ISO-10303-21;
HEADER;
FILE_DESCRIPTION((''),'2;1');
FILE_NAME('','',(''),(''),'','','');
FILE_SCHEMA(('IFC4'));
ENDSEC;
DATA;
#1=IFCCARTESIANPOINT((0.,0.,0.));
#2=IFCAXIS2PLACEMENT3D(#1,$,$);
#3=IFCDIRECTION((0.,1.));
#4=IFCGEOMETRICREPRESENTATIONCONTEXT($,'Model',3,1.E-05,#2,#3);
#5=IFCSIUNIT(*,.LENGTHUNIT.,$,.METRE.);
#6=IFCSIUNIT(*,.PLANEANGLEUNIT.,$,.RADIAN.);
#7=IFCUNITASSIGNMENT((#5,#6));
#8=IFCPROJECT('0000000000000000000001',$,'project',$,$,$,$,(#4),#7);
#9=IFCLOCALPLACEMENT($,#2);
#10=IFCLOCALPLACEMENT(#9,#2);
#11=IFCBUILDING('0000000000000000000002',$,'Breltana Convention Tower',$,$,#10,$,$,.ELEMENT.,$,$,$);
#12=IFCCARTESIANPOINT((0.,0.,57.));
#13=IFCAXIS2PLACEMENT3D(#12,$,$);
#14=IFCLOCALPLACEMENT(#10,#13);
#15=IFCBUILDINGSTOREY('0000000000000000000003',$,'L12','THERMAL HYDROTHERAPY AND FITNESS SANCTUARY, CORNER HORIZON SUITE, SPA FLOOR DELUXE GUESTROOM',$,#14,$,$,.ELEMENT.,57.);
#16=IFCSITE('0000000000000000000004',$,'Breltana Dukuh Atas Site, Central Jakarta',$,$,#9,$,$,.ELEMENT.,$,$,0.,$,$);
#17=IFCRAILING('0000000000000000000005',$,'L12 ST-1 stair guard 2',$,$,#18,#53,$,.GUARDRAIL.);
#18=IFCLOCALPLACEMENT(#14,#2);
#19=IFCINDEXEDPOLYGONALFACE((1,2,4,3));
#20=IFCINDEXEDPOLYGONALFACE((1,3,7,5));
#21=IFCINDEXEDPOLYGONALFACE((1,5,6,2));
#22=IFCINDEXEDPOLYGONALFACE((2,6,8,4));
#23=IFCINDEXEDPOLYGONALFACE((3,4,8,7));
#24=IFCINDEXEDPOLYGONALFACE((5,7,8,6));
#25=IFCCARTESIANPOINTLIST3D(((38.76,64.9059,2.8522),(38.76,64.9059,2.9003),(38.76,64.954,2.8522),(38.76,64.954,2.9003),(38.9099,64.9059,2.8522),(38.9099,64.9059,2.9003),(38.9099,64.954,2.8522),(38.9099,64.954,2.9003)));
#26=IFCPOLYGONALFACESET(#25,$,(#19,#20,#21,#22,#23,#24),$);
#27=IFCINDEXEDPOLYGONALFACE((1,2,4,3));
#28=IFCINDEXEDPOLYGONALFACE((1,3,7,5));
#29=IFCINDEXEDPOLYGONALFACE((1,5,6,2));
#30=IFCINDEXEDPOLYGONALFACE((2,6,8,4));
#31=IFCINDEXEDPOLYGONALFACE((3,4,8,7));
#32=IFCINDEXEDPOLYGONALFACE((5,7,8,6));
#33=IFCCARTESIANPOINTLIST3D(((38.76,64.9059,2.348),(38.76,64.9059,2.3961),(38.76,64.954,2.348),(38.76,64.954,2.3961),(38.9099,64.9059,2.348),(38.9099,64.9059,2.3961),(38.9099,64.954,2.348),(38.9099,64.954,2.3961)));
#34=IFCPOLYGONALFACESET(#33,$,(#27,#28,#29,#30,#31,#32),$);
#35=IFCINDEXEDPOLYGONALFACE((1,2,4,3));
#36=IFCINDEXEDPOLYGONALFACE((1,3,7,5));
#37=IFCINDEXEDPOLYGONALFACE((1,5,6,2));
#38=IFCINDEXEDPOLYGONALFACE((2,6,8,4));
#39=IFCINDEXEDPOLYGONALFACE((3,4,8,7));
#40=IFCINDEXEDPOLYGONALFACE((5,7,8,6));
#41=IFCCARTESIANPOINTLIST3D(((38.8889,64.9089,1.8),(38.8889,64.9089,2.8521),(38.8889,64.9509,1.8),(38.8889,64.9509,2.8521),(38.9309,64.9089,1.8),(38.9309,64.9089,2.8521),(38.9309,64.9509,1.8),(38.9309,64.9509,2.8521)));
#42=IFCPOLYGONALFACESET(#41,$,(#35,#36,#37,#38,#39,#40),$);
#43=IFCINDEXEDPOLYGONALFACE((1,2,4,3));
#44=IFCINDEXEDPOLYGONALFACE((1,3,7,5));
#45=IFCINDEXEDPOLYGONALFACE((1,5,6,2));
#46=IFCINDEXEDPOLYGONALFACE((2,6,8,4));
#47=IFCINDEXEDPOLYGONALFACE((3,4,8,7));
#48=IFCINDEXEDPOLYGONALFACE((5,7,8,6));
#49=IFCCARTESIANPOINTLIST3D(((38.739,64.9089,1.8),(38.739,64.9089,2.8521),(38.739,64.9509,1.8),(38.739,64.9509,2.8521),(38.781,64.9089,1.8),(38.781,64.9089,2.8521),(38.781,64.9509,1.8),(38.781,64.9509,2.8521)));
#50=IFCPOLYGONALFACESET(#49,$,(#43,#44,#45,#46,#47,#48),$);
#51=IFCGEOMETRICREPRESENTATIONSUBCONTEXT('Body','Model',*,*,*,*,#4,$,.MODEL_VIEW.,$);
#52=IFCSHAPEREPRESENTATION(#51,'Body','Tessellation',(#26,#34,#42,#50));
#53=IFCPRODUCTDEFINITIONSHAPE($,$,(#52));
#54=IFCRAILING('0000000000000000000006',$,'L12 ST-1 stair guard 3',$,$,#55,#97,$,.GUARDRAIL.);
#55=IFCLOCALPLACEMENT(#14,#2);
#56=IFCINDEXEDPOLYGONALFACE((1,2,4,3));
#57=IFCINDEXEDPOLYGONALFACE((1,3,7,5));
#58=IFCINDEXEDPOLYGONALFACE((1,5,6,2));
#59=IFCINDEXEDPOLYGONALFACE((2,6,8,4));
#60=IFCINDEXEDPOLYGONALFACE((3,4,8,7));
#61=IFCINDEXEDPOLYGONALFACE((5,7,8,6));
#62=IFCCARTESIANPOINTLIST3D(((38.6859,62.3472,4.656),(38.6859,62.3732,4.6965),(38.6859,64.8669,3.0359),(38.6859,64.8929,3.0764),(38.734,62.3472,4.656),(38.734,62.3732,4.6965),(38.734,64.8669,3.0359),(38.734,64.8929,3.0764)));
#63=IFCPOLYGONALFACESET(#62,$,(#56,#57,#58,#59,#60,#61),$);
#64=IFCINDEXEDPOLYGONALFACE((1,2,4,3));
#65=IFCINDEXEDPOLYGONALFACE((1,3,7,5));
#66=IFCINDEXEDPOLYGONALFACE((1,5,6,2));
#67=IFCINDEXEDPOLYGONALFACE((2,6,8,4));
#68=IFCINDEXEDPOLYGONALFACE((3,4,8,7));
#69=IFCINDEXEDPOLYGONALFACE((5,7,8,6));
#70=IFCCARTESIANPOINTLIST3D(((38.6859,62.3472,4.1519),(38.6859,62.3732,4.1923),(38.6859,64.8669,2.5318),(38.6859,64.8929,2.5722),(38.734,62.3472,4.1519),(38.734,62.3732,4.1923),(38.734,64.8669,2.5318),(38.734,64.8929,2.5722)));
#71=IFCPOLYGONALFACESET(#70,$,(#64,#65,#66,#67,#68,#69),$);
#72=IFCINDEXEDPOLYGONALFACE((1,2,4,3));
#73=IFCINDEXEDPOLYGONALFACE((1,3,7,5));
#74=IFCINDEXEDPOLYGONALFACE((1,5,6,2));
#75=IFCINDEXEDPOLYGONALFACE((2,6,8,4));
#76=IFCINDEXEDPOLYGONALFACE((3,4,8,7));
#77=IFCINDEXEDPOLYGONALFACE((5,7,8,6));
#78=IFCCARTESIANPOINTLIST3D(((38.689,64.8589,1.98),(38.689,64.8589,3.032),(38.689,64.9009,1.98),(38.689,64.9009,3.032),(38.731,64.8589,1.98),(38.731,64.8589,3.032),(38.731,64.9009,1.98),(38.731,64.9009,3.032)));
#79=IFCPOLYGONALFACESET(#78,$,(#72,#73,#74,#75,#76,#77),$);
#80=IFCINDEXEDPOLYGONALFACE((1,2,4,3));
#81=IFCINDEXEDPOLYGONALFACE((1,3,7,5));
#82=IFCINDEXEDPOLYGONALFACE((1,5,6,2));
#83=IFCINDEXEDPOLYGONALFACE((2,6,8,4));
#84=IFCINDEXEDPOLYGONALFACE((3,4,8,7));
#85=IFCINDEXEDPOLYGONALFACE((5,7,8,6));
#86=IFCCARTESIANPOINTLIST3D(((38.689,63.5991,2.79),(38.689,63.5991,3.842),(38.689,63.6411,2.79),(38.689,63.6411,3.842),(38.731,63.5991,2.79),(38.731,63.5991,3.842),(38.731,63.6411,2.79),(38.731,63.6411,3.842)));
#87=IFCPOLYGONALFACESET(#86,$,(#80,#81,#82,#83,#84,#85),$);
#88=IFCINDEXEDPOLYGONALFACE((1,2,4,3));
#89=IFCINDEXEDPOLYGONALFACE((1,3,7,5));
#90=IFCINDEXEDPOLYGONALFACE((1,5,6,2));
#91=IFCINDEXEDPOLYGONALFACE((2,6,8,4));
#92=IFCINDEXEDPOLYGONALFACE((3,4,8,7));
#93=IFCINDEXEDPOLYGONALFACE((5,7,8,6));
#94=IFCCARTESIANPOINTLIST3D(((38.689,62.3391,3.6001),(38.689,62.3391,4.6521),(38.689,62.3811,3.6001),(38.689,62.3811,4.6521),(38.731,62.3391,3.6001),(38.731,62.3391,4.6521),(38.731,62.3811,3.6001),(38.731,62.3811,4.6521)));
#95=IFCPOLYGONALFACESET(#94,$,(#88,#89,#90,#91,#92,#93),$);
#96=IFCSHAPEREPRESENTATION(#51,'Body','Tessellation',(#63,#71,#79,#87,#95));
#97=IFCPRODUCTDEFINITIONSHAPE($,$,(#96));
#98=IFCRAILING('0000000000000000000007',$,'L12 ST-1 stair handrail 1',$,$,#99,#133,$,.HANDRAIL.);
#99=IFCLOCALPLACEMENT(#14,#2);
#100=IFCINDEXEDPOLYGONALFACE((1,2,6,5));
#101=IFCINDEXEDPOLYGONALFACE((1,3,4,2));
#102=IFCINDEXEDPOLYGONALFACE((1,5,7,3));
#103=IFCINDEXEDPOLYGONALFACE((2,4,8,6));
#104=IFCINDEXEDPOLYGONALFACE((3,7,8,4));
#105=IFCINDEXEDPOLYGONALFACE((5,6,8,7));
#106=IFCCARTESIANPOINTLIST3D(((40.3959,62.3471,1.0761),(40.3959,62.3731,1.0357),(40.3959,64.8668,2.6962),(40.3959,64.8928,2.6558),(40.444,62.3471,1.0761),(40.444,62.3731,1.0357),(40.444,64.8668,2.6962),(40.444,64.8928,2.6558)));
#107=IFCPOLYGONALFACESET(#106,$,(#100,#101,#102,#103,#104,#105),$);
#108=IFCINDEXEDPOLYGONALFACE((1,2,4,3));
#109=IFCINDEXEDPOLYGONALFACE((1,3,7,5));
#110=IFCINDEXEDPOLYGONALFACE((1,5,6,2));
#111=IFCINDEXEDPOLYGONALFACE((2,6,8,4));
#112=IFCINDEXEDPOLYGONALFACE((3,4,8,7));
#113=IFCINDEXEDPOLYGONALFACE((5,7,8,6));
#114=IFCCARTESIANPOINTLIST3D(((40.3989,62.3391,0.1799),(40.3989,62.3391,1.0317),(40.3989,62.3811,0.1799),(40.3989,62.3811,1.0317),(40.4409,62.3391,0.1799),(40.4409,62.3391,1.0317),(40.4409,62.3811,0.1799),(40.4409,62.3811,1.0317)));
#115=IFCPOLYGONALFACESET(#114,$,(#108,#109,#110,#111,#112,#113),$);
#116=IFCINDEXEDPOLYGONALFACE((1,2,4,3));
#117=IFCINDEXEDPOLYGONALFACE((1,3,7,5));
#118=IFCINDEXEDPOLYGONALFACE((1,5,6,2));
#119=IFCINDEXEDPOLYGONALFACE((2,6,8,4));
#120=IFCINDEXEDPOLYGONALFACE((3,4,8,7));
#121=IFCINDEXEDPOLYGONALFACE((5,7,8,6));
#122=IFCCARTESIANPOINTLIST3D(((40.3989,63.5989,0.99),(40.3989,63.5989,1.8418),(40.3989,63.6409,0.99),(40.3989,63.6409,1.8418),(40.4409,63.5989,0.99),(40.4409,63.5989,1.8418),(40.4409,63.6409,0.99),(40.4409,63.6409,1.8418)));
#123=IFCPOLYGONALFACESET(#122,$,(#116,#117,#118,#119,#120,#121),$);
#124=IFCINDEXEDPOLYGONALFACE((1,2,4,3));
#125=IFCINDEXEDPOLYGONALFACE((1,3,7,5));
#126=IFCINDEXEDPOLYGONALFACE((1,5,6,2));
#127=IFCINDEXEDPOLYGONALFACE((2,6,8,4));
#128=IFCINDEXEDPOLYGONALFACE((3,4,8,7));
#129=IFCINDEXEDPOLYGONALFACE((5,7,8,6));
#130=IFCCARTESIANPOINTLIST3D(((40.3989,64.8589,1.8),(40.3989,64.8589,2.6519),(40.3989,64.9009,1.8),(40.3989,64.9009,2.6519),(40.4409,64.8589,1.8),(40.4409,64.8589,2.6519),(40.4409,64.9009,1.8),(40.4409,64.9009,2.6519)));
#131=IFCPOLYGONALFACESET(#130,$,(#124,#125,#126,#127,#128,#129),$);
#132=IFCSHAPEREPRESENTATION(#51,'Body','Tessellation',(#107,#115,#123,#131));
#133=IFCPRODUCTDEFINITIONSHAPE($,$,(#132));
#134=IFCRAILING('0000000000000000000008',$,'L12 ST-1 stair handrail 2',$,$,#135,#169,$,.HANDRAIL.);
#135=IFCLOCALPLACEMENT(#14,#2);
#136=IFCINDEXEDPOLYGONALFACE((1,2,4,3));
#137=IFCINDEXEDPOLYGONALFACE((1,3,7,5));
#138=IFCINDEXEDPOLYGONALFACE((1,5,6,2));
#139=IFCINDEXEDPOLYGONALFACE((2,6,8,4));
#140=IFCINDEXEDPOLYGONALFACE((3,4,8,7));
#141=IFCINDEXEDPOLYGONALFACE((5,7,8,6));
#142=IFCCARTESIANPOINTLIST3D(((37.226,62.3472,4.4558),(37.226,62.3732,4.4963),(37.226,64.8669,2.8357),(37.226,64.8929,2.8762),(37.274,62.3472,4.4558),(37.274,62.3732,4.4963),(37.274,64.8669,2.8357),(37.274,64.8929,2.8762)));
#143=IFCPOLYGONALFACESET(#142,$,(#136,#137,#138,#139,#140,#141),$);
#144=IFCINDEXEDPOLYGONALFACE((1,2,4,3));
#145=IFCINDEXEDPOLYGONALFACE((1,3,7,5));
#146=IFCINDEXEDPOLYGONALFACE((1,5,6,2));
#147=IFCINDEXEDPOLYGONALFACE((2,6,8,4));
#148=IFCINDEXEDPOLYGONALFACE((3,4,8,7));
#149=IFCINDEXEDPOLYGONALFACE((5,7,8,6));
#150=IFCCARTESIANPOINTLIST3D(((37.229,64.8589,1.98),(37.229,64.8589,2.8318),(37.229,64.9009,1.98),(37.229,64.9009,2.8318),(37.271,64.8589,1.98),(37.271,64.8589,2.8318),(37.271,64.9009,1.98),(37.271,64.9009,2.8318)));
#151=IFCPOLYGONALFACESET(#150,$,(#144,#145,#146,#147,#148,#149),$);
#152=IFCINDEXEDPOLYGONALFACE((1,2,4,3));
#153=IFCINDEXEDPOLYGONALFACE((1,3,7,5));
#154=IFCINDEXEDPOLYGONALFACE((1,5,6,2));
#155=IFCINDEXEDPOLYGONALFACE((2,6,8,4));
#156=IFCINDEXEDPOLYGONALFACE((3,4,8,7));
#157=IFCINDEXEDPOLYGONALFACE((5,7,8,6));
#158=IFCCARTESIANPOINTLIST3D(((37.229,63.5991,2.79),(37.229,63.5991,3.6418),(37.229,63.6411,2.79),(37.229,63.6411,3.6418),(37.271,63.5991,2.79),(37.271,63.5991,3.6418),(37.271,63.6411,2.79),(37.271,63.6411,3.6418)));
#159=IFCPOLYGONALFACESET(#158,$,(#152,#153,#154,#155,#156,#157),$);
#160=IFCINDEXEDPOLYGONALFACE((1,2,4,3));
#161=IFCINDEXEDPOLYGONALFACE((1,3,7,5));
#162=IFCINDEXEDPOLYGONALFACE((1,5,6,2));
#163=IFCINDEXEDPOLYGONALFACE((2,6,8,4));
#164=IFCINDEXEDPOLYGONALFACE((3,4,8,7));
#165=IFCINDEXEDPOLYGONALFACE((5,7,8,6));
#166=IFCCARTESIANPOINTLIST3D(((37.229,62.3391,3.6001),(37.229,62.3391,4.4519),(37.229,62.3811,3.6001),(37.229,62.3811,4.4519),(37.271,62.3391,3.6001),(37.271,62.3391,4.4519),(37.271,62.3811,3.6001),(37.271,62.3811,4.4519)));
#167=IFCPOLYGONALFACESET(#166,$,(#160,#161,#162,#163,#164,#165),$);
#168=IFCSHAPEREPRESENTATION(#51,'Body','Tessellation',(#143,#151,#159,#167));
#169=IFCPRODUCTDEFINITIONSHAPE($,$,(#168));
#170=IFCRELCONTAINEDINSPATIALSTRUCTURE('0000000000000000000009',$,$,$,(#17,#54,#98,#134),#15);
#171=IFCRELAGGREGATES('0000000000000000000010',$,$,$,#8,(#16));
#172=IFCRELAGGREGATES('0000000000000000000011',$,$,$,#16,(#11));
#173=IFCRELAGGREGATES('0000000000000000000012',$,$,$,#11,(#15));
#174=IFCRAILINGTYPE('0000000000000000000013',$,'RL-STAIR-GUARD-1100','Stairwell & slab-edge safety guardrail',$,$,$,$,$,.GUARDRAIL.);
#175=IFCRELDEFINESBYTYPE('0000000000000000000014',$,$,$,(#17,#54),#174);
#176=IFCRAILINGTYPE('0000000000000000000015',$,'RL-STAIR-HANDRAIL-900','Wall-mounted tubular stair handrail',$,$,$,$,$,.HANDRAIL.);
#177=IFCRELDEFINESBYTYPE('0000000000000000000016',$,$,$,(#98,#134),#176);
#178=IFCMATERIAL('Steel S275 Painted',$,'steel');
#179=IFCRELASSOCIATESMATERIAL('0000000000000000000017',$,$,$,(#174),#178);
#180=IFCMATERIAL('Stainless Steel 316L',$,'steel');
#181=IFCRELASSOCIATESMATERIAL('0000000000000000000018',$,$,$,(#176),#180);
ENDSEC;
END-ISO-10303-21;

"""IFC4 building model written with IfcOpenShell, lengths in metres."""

from ifc_helpers import new_model, si_unit, direction, frame, origin, origin_2d, place, context, subcontext, project, spatial, rectangle, extrude, material, type_object, element, save


model = new_model("IFC4")

# Units and contexts
model_context = context("Model", 3, precision=1e-05, world=origin(), true_north=direction((0.0, 1.0)))
body_context = subcontext(model_context, "Body", "Model", "MODEL_VIEW")
ifc_project = project(units=[si_unit("LENGTHUNIT", "METRE"), si_unit("PLANEANGLEUNIT", "RADIAN")], contexts=[model_context])

# Site, building, storey
site_placement = place(None, origin())
site = spatial("IfcSite", under=ifc_project, at=site_placement, Name="Breltana Dukuh Atas Site, Central Jakarta", CompositionType="ELEMENT", RefElevation=0.0)
building_placement = place(site_placement, origin())
building = spatial("IfcBuilding", under=site, at=building_placement, Name="Breltana Convention Tower", CompositionType="ELEMENT")
storey_placement = place(building_placement, frame((0.0, 0.0, 57.0)))
storey = spatial("IfcBuildingStorey", under=building, at=storey_placement, Name="L12", Description="THERMAL HYDROTHERAPY AND FITNESS SANCTUARY, CORNER HORIZON SUITE, SPA FLOOR DELUXE GUESTROOM", CompositionType="ELEMENT", Elevation=57.0)

# Railings
ifc_material_1 = material(Name="Steel S275 Painted", Category="steel")
railing_type_1 = type_object("IfcRailingType", Name="RL-STAIR-GUARD-1100", Description="Stairwell & slab-edge safety guardrail", PredefinedType="GUARDRAIL", material=ifc_material_1)
railing_1_placement = place(storey_placement, frame((38.9099, 64.9299, 1.8)))
element("IfcRailing", 1, at=railing_1_placement, inside=storey, type_object=railing_type_1, Name="L12 ST-1 stair guard 2", PredefinedType="GUARDRAIL", context=body_context, shape_type="SweptSolid", body=[
    extrude(rectangle(XDim=0.0481, YDim=0.0481, at=origin_2d()), frame((0.0, 0.0, 1.0762), z_axis=(-1.0, 0.0, 0.0), x_axis=(0.0, -1.0, 0.0)), (0.0, 0.0, 1.0), 0.1499),
    extrude(rectangle(XDim=0.0481, YDim=0.0481, at=origin_2d()), frame((0.0, 0.0, 0.572), z_axis=(-1.0, 0.0, 0.0), x_axis=(0.0, -1.0, 0.0)), (0.0, 0.0, 1.0), 0.1499),
    extrude(rectangle(XDim=0.042, YDim=0.042, at=origin_2d()), origin(), (0.0, 0.0, 1.0), 1.052),
    extrude(rectangle(XDim=0.042, YDim=0.042, at=origin_2d()), frame((-0.1499, 0.0, 0.0)), (0.0, 0.0, 1.0), 1.052),
])
railing_2_placement = place(storey_placement, frame((38.71, 64.8799, 1.98)))
element("IfcRailing", 2, at=railing_2_placement, inside=storey, type_object=railing_type_1, Name="L12 ST-1 stair guard 3", PredefinedType="GUARDRAIL", context=body_context, shape_type="SweptSolid", body=[
    extrude(rectangle(XDim=0.0481, YDim=0.0481, at=origin_2d()), frame((0.0, 0.0, 1.0762), z_axis=(0.0, -0.841139, 0.540819), x_axis=(1.0, 0.0, 0.0)), (0.0, 0.0, 1.0), 2.9956),
    extrude(rectangle(XDim=0.0481, YDim=0.0481, at=origin_2d()), frame((0.0, 0.0, 0.572), z_axis=(0.0, -0.841139, 0.540819), x_axis=(1.0, 0.0, 0.0)), (0.0, 0.0, 1.0), 2.9956),
    extrude(rectangle(XDim=0.042, YDim=0.042, at=origin_2d()), origin(), (0.0, 0.0, 1.0), 1.052),
    extrude(rectangle(XDim=0.042, YDim=0.042, at=origin_2d()), frame((0.0, -1.2598, 0.8101)), (0.0, 0.0, 1.0), 1.052),
    extrude(rectangle(XDim=0.042, YDim=0.042, at=origin_2d()), frame((0.0, -2.5198, 1.6201)), (0.0, 0.0, 1.0), 1.052),
])
ifc_material_2 = material(Name="Stainless Steel 316L", Category="steel")
railing_type_2 = type_object("IfcRailingType", Name="RL-STAIR-HANDRAIL-900", Description="Wall-mounted tubular stair handrail", PredefinedType="HANDRAIL", material=ifc_material_2)
railing_3_placement = place(storey_placement, frame((40.4199, 62.3601, 0.1799)))
element("IfcRailing", 3, at=railing_3_placement, inside=storey, type_object=railing_type_2, Name="L12 ST-1 stair handrail 1", PredefinedType="HANDRAIL", context=body_context, shape_type="SweptSolid", body=[
    extrude(rectangle(XDim=0.0481, YDim=0.0481, at=origin_2d()), frame((0.0, 0.0, 0.876), z_axis=(0.0, 0.841139, 0.540819), x_axis=(-1.0, 0.0, 0.0)), (0.0, 0.0, 1.0), 2.9956),
    extrude(rectangle(XDim=0.042, YDim=0.042, at=origin_2d()), origin(), (0.0, 0.0, 1.0), 0.8518),
    extrude(rectangle(XDim=0.042, YDim=0.042, at=origin_2d()), frame((0.0, 1.2598, 0.8101)), (0.0, 0.0, 1.0), 0.8518),
    extrude(rectangle(XDim=0.042, YDim=0.042, at=origin_2d()), frame((0.0, 2.5198, 1.6201)), (0.0, 0.0, 1.0), 0.8518),
])
railing_4_placement = place(storey_placement, frame((37.25, 64.8799, 1.98)))
element("IfcRailing", 4, at=railing_4_placement, inside=storey, type_object=railing_type_2, Name="L12 ST-1 stair handrail 2", PredefinedType="HANDRAIL", context=body_context, shape_type="SweptSolid", body=[
    extrude(rectangle(XDim=0.0481, YDim=0.0481, at=origin_2d()), frame((0.0, 0.0, 0.876), z_axis=(0.0, -0.841139, 0.540819), x_axis=(1.0, 0.0, 0.0)), (0.0, 0.0, 1.0), 2.9956),
    extrude(rectangle(XDim=0.042, YDim=0.042, at=origin_2d()), origin(), (0.0, 0.0, 1.0), 0.8518),
    extrude(rectangle(XDim=0.042, YDim=0.042, at=origin_2d()), frame((0.0, -1.2598, 0.8101)), (0.0, 0.0, 1.0), 0.8518),
    extrude(rectangle(XDim=0.042, YDim=0.042, at=origin_2d()), frame((0.0, -2.5198, 1.6201)), (0.0, 0.0, 1.0), 0.8518),
])

save(model, "model.ifc")
